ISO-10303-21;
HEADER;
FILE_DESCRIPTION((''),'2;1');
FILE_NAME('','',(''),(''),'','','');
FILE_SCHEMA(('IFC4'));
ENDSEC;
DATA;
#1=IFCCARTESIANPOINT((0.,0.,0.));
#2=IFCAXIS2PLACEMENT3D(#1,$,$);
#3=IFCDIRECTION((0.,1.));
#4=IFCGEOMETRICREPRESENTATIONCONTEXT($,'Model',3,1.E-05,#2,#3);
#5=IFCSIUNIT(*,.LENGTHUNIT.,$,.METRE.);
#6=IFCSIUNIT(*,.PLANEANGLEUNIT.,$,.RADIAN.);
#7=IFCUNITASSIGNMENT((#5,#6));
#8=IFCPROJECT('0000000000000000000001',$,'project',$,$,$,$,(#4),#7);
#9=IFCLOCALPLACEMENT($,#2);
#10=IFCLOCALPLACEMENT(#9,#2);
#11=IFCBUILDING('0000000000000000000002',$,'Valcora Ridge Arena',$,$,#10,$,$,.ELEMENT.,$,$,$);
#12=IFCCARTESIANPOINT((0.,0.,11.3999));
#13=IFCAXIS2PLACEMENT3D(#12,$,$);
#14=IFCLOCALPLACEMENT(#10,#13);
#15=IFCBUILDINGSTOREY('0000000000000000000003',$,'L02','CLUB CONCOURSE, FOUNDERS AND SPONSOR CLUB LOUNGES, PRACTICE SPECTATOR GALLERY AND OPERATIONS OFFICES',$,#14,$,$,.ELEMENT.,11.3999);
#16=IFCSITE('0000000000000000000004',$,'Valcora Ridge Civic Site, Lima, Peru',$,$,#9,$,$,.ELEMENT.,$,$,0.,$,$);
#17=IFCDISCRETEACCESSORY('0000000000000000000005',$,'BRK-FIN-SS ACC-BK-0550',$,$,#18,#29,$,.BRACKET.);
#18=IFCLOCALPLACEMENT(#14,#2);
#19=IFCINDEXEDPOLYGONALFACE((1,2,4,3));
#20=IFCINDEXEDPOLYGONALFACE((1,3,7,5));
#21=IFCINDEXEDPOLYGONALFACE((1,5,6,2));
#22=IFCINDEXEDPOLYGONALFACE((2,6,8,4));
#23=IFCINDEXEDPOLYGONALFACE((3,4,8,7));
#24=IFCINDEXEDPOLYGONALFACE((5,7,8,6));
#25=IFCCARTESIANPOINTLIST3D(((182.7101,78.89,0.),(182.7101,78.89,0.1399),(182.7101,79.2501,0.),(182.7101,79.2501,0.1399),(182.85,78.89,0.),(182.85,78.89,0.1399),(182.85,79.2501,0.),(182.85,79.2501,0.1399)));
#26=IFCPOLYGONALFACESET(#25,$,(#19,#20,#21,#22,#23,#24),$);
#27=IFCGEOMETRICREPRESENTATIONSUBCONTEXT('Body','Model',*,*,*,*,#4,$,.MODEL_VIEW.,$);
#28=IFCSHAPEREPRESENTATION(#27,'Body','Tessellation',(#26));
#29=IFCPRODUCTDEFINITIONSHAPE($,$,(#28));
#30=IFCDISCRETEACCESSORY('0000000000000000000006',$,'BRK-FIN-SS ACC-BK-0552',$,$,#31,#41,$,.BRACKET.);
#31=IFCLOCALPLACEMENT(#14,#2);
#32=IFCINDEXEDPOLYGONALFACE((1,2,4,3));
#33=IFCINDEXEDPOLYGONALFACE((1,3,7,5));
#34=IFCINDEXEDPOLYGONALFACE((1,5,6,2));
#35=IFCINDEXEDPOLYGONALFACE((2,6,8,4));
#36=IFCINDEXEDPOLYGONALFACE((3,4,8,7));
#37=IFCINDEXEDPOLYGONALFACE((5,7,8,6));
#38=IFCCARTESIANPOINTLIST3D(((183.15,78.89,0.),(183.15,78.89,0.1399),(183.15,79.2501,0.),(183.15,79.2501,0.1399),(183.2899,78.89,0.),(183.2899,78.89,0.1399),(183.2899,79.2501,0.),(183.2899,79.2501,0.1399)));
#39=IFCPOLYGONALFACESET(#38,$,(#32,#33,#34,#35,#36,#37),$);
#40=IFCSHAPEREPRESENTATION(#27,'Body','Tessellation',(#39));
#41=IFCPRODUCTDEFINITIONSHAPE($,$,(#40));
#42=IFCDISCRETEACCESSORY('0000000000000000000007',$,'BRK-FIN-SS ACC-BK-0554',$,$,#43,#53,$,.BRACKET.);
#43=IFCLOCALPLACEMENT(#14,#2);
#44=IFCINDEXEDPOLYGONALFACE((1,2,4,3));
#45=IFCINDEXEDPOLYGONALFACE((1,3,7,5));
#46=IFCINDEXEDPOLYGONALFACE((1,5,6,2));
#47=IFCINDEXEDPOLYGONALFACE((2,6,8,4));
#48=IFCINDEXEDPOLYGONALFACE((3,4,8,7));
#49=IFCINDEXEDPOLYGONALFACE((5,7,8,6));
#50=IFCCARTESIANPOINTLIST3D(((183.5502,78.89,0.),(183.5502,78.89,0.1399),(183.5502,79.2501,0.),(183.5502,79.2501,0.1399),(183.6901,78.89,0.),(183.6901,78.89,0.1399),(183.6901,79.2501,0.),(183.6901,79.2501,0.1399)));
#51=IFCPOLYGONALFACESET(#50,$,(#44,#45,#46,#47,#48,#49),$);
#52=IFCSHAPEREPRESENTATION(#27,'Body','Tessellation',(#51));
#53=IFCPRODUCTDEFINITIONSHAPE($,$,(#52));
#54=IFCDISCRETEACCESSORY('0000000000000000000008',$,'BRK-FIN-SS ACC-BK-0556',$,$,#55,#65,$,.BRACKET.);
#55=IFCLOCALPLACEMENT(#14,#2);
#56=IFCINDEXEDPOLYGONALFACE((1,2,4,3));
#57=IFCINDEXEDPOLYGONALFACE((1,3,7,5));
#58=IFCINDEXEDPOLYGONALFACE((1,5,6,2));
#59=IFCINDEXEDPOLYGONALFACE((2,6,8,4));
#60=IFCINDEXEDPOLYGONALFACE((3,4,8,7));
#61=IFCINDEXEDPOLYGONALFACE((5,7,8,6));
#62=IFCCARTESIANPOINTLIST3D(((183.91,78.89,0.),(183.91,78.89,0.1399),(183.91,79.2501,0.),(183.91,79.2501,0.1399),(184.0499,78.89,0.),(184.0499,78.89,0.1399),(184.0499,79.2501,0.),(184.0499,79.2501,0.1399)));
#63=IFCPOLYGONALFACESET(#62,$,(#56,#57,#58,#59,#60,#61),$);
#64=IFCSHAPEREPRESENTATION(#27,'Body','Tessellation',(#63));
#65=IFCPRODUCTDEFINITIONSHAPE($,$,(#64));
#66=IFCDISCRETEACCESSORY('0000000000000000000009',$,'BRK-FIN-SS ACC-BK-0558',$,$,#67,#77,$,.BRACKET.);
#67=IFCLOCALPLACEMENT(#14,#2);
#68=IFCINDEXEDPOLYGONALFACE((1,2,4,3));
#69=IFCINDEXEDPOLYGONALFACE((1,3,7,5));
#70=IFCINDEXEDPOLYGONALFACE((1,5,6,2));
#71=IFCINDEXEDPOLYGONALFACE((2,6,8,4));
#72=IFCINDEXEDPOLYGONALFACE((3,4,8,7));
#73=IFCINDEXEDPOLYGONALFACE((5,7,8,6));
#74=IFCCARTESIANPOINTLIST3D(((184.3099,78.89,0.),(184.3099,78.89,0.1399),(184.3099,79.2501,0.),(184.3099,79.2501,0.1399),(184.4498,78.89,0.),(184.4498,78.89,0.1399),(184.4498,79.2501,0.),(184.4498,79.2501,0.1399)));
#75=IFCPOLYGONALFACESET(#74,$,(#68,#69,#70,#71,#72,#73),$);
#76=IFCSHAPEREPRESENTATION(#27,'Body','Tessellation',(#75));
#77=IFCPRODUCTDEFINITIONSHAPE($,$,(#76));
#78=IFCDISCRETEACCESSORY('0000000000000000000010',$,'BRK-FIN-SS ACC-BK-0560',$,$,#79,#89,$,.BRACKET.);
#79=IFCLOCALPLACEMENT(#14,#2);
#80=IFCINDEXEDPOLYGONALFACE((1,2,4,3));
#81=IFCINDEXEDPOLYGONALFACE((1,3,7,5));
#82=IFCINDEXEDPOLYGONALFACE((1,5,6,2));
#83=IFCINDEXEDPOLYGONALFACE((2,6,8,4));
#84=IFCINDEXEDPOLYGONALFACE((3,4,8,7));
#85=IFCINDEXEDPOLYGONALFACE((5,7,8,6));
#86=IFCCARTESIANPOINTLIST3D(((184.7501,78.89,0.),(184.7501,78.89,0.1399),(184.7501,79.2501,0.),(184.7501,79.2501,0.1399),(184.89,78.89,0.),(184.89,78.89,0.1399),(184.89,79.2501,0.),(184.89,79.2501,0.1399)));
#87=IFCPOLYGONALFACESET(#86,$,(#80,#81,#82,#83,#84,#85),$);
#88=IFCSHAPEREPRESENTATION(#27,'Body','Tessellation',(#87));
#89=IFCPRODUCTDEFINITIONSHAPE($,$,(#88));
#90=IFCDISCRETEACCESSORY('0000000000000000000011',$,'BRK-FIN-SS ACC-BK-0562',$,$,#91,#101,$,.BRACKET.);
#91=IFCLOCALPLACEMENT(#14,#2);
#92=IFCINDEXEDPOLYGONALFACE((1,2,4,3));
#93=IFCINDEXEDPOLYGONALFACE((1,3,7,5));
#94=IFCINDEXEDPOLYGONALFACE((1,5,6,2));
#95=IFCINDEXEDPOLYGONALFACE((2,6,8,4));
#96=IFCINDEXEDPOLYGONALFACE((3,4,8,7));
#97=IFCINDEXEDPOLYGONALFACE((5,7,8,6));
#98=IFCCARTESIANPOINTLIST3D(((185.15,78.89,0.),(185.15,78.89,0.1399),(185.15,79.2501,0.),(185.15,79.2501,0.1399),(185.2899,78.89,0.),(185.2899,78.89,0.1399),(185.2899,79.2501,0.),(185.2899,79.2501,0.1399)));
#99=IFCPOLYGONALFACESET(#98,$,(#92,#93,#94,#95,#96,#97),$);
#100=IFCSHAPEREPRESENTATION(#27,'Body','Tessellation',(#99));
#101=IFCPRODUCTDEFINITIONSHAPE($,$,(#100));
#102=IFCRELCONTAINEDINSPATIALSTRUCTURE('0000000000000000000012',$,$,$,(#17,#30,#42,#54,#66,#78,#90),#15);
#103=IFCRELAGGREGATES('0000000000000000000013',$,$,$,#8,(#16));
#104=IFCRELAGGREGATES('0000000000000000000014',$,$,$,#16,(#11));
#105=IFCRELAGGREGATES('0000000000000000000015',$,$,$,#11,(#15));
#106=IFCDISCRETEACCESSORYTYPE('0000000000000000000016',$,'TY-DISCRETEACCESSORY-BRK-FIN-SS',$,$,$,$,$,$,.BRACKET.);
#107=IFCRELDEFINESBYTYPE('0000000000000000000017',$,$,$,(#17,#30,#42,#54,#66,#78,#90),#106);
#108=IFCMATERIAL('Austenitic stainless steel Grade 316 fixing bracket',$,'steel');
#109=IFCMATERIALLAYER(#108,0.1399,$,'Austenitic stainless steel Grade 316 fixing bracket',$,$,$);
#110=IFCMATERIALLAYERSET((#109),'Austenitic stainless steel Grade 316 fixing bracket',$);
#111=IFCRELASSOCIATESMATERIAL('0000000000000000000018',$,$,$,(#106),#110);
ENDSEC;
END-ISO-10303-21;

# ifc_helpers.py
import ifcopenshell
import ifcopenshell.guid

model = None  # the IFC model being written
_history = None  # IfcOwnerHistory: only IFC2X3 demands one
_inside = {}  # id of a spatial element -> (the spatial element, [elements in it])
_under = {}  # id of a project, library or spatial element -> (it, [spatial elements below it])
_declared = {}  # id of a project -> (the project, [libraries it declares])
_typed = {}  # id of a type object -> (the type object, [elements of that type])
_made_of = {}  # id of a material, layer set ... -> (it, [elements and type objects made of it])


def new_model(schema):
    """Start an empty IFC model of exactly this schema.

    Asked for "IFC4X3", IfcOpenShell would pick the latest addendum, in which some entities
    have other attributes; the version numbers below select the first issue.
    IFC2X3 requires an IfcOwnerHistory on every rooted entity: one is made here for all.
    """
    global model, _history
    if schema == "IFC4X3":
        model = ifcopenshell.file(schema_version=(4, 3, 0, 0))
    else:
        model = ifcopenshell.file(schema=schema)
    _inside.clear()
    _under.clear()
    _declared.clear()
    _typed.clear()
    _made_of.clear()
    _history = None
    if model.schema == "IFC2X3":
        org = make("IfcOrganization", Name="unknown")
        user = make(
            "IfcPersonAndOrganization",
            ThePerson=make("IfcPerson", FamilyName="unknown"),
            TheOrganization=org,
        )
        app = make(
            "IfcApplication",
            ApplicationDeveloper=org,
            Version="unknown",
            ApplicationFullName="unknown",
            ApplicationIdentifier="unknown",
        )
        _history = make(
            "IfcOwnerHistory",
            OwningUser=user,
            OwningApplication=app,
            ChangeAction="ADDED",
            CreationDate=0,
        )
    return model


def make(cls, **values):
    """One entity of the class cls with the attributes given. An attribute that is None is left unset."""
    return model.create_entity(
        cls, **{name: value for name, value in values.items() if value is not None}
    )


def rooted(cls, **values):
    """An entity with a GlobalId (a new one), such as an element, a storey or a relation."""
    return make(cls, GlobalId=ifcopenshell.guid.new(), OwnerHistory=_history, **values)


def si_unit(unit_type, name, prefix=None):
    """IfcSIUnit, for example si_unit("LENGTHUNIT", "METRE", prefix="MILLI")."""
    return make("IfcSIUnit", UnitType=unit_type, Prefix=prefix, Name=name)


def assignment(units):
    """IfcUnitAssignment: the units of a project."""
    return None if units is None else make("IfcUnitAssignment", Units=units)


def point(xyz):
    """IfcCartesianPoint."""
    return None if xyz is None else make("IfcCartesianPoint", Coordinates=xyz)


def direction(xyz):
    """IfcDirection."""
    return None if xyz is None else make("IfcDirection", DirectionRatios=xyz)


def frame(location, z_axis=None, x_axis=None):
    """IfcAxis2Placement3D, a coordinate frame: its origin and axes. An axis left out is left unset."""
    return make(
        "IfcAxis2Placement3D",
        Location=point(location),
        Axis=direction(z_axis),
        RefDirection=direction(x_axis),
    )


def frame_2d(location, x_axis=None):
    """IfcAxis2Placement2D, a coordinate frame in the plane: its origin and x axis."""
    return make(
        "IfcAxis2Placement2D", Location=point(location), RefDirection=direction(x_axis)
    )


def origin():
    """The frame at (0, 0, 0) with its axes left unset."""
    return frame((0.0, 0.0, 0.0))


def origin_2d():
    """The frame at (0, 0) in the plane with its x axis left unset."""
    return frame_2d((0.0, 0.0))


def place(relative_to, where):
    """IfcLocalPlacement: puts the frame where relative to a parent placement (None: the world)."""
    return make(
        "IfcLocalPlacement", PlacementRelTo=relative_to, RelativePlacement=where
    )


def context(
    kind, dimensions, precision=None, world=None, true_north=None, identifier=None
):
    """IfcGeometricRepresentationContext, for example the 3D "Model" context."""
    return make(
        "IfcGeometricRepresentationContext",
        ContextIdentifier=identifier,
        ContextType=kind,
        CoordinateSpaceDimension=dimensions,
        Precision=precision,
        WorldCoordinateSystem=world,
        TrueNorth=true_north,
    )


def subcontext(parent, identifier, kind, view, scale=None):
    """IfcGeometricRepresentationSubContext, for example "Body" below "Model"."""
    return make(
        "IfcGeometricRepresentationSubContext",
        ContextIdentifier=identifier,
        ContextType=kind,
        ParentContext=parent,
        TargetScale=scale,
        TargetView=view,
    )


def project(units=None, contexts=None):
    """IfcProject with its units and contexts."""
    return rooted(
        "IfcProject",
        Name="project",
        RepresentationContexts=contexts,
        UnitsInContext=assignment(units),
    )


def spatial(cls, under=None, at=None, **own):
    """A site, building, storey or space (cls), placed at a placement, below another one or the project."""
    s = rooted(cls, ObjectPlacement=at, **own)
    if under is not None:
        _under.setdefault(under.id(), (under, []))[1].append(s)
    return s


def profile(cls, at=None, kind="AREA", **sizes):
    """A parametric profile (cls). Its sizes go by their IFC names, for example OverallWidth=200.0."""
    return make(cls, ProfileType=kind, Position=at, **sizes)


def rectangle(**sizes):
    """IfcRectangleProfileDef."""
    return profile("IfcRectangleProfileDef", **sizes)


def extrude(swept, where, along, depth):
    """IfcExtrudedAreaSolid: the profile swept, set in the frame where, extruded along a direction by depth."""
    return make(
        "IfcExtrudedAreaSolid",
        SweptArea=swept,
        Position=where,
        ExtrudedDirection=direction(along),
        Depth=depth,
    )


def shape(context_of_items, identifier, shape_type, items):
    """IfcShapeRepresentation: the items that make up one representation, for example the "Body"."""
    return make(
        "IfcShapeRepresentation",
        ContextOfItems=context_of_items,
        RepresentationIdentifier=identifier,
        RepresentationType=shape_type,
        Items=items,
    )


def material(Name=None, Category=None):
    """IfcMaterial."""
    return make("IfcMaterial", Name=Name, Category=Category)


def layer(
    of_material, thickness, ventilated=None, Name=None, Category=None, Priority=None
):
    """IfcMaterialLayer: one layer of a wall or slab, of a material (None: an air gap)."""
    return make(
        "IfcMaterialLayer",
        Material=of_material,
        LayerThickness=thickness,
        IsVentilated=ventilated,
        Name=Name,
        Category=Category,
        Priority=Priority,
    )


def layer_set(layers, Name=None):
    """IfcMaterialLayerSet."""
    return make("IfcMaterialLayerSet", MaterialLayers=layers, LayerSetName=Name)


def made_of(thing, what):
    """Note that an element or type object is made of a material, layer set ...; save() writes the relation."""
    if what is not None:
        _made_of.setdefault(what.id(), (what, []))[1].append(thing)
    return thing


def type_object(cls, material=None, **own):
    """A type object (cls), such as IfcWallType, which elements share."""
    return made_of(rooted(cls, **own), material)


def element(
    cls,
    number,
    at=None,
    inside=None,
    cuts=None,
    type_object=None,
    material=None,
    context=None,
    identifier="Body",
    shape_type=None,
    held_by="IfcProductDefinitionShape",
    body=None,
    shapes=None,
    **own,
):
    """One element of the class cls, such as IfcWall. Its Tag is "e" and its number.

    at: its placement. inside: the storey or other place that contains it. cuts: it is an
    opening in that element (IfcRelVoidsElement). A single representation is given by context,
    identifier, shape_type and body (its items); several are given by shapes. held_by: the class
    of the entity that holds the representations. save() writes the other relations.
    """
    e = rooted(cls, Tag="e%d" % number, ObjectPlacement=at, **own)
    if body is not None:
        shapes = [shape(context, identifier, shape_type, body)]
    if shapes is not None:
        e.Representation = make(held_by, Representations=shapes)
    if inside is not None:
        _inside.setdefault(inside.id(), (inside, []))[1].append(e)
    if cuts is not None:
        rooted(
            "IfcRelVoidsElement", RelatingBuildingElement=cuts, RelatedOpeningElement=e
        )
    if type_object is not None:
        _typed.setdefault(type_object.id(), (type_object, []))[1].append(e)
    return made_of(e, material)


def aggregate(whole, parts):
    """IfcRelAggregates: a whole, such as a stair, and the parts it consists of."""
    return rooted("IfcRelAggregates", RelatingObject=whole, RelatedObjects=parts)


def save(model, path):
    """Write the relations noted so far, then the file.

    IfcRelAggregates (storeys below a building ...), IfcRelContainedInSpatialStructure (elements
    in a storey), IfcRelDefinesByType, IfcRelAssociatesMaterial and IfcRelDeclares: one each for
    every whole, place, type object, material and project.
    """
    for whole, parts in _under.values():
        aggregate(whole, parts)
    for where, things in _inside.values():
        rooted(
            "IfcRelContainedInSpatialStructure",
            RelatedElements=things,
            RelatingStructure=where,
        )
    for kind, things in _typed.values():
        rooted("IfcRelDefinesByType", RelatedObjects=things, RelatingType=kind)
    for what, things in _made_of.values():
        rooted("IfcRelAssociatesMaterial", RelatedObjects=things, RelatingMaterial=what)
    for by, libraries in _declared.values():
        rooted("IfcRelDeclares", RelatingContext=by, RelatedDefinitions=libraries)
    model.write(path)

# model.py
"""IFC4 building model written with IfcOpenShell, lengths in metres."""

from ifc_helpers import new_model, si_unit, direction, frame, origin, origin_2d, place, context, subcontext, project, spatial, rectangle, extrude, material, layer, layer_set, type_object, element, save


model = new_model("IFC4")

# Units and contexts
model_context = context("Model", 3, precision=1e-05, world=origin(), true_north=direction((0.0, 1.0)))
body_context = subcontext(model_context, "Body", "Model", "MODEL_VIEW")
ifc_project = project(units=[si_unit("LENGTHUNIT", "METRE"), si_unit("PLANEANGLEUNIT", "RADIAN")], contexts=[model_context])

# Site, building, storey
site_placement = place(None, origin())
site = spatial("IfcSite", under=ifc_project, at=site_placement, Name="Valcora Ridge Civic Site, Lima, Peru", CompositionType="ELEMENT", RefElevation=0.0)
building_placement = place(site_placement, origin())
building = spatial("IfcBuilding", under=site, at=building_placement, Name="Valcora Ridge Arena", CompositionType="ELEMENT")
storey_placement = place(building_placement, frame((0.0, 0.0, 11.3999)))
storey = spatial("IfcBuildingStorey", under=building, at=storey_placement, Name="L02", Description="CLUB CONCOURSE, FOUNDERS AND SPONSOR CLUB LOUNGES, PRACTICE SPECTATOR GALLERY AND OPERATIONS OFFICES", CompositionType="ELEMENT", Elevation=11.3999)

# Discrete accessories
ifc_material_1 = material(Name="Austenitic stainless steel Grade 316 fixing bracket", Category="steel")
ifc_layer_1 = layer(ifc_material_1, 0.1399, Name="Austenitic stainless steel Grade 316 fixing bracket")
ifc_layer_set_1 = layer_set([ifc_layer_1], Name="Austenitic stainless steel Grade 316 fixing bracket")
discrete_accessory_type = type_object("IfcDiscreteAccessoryType", Name="TY-DISCRETEACCESSORY-BRK-FIN-SS", PredefinedType="BRACKET", material=ifc_layer_set_1)
for number, where, z_axis, x_axis, name in (
    (1, (182.78, 79.0701, 0.0), (0.0, 0.0, 1.0), (0.0, 1.0, 0.0), "BRK-FIN-SS ACC-BK-0550"),
    (2, (183.22, 79.0701, 0.0), (0.0, 0.0, 1.0), (0.0, 1.0, 0.0), "BRK-FIN-SS ACC-BK-0552"),
    (3, (183.6201, 79.0701, 0.0), (0.0, 0.0, 1.0), (0.0, 1.0, 0.0), "BRK-FIN-SS ACC-BK-0554"),
    (4, (183.98, 79.0701, 0.0), (0.0, 0.0, 1.0), (0.0, 1.0, 0.0), "BRK-FIN-SS ACC-BK-0556"),
    (5, (184.3799, 79.0701, 0.0), (0.0, 0.0, 1.0), (0.0, 1.0, 0.0), "BRK-FIN-SS ACC-BK-0558"),
    (6, (184.8201, 79.0701, 0.0), (0.0, 0.0, 1.0), (0.0, 1.0, 0.0), "BRK-FIN-SS ACC-BK-0560"),
    (7, (185.22, 79.0701, 0.0), (0.0, 0.0, 1.0), (0.0, 1.0, 0.0), "BRK-FIN-SS ACC-BK-0562"),
):
    element("IfcDiscreteAccessory", number, at=place(storey_placement, frame(where, z_axis=z_axis, x_axis=x_axis)), inside=storey, type_object=discrete_accessory_type, Name=name, PredefinedType="BRACKET", context=body_context, shape_type="SweptSolid", body=[
        extrude(rectangle(XDim=0.3601, YDim=0.1399, at=origin_2d()), origin(), (0.0, 0.0, 1.0), 0.1399),
    ])

save(model, "model.ifc")
